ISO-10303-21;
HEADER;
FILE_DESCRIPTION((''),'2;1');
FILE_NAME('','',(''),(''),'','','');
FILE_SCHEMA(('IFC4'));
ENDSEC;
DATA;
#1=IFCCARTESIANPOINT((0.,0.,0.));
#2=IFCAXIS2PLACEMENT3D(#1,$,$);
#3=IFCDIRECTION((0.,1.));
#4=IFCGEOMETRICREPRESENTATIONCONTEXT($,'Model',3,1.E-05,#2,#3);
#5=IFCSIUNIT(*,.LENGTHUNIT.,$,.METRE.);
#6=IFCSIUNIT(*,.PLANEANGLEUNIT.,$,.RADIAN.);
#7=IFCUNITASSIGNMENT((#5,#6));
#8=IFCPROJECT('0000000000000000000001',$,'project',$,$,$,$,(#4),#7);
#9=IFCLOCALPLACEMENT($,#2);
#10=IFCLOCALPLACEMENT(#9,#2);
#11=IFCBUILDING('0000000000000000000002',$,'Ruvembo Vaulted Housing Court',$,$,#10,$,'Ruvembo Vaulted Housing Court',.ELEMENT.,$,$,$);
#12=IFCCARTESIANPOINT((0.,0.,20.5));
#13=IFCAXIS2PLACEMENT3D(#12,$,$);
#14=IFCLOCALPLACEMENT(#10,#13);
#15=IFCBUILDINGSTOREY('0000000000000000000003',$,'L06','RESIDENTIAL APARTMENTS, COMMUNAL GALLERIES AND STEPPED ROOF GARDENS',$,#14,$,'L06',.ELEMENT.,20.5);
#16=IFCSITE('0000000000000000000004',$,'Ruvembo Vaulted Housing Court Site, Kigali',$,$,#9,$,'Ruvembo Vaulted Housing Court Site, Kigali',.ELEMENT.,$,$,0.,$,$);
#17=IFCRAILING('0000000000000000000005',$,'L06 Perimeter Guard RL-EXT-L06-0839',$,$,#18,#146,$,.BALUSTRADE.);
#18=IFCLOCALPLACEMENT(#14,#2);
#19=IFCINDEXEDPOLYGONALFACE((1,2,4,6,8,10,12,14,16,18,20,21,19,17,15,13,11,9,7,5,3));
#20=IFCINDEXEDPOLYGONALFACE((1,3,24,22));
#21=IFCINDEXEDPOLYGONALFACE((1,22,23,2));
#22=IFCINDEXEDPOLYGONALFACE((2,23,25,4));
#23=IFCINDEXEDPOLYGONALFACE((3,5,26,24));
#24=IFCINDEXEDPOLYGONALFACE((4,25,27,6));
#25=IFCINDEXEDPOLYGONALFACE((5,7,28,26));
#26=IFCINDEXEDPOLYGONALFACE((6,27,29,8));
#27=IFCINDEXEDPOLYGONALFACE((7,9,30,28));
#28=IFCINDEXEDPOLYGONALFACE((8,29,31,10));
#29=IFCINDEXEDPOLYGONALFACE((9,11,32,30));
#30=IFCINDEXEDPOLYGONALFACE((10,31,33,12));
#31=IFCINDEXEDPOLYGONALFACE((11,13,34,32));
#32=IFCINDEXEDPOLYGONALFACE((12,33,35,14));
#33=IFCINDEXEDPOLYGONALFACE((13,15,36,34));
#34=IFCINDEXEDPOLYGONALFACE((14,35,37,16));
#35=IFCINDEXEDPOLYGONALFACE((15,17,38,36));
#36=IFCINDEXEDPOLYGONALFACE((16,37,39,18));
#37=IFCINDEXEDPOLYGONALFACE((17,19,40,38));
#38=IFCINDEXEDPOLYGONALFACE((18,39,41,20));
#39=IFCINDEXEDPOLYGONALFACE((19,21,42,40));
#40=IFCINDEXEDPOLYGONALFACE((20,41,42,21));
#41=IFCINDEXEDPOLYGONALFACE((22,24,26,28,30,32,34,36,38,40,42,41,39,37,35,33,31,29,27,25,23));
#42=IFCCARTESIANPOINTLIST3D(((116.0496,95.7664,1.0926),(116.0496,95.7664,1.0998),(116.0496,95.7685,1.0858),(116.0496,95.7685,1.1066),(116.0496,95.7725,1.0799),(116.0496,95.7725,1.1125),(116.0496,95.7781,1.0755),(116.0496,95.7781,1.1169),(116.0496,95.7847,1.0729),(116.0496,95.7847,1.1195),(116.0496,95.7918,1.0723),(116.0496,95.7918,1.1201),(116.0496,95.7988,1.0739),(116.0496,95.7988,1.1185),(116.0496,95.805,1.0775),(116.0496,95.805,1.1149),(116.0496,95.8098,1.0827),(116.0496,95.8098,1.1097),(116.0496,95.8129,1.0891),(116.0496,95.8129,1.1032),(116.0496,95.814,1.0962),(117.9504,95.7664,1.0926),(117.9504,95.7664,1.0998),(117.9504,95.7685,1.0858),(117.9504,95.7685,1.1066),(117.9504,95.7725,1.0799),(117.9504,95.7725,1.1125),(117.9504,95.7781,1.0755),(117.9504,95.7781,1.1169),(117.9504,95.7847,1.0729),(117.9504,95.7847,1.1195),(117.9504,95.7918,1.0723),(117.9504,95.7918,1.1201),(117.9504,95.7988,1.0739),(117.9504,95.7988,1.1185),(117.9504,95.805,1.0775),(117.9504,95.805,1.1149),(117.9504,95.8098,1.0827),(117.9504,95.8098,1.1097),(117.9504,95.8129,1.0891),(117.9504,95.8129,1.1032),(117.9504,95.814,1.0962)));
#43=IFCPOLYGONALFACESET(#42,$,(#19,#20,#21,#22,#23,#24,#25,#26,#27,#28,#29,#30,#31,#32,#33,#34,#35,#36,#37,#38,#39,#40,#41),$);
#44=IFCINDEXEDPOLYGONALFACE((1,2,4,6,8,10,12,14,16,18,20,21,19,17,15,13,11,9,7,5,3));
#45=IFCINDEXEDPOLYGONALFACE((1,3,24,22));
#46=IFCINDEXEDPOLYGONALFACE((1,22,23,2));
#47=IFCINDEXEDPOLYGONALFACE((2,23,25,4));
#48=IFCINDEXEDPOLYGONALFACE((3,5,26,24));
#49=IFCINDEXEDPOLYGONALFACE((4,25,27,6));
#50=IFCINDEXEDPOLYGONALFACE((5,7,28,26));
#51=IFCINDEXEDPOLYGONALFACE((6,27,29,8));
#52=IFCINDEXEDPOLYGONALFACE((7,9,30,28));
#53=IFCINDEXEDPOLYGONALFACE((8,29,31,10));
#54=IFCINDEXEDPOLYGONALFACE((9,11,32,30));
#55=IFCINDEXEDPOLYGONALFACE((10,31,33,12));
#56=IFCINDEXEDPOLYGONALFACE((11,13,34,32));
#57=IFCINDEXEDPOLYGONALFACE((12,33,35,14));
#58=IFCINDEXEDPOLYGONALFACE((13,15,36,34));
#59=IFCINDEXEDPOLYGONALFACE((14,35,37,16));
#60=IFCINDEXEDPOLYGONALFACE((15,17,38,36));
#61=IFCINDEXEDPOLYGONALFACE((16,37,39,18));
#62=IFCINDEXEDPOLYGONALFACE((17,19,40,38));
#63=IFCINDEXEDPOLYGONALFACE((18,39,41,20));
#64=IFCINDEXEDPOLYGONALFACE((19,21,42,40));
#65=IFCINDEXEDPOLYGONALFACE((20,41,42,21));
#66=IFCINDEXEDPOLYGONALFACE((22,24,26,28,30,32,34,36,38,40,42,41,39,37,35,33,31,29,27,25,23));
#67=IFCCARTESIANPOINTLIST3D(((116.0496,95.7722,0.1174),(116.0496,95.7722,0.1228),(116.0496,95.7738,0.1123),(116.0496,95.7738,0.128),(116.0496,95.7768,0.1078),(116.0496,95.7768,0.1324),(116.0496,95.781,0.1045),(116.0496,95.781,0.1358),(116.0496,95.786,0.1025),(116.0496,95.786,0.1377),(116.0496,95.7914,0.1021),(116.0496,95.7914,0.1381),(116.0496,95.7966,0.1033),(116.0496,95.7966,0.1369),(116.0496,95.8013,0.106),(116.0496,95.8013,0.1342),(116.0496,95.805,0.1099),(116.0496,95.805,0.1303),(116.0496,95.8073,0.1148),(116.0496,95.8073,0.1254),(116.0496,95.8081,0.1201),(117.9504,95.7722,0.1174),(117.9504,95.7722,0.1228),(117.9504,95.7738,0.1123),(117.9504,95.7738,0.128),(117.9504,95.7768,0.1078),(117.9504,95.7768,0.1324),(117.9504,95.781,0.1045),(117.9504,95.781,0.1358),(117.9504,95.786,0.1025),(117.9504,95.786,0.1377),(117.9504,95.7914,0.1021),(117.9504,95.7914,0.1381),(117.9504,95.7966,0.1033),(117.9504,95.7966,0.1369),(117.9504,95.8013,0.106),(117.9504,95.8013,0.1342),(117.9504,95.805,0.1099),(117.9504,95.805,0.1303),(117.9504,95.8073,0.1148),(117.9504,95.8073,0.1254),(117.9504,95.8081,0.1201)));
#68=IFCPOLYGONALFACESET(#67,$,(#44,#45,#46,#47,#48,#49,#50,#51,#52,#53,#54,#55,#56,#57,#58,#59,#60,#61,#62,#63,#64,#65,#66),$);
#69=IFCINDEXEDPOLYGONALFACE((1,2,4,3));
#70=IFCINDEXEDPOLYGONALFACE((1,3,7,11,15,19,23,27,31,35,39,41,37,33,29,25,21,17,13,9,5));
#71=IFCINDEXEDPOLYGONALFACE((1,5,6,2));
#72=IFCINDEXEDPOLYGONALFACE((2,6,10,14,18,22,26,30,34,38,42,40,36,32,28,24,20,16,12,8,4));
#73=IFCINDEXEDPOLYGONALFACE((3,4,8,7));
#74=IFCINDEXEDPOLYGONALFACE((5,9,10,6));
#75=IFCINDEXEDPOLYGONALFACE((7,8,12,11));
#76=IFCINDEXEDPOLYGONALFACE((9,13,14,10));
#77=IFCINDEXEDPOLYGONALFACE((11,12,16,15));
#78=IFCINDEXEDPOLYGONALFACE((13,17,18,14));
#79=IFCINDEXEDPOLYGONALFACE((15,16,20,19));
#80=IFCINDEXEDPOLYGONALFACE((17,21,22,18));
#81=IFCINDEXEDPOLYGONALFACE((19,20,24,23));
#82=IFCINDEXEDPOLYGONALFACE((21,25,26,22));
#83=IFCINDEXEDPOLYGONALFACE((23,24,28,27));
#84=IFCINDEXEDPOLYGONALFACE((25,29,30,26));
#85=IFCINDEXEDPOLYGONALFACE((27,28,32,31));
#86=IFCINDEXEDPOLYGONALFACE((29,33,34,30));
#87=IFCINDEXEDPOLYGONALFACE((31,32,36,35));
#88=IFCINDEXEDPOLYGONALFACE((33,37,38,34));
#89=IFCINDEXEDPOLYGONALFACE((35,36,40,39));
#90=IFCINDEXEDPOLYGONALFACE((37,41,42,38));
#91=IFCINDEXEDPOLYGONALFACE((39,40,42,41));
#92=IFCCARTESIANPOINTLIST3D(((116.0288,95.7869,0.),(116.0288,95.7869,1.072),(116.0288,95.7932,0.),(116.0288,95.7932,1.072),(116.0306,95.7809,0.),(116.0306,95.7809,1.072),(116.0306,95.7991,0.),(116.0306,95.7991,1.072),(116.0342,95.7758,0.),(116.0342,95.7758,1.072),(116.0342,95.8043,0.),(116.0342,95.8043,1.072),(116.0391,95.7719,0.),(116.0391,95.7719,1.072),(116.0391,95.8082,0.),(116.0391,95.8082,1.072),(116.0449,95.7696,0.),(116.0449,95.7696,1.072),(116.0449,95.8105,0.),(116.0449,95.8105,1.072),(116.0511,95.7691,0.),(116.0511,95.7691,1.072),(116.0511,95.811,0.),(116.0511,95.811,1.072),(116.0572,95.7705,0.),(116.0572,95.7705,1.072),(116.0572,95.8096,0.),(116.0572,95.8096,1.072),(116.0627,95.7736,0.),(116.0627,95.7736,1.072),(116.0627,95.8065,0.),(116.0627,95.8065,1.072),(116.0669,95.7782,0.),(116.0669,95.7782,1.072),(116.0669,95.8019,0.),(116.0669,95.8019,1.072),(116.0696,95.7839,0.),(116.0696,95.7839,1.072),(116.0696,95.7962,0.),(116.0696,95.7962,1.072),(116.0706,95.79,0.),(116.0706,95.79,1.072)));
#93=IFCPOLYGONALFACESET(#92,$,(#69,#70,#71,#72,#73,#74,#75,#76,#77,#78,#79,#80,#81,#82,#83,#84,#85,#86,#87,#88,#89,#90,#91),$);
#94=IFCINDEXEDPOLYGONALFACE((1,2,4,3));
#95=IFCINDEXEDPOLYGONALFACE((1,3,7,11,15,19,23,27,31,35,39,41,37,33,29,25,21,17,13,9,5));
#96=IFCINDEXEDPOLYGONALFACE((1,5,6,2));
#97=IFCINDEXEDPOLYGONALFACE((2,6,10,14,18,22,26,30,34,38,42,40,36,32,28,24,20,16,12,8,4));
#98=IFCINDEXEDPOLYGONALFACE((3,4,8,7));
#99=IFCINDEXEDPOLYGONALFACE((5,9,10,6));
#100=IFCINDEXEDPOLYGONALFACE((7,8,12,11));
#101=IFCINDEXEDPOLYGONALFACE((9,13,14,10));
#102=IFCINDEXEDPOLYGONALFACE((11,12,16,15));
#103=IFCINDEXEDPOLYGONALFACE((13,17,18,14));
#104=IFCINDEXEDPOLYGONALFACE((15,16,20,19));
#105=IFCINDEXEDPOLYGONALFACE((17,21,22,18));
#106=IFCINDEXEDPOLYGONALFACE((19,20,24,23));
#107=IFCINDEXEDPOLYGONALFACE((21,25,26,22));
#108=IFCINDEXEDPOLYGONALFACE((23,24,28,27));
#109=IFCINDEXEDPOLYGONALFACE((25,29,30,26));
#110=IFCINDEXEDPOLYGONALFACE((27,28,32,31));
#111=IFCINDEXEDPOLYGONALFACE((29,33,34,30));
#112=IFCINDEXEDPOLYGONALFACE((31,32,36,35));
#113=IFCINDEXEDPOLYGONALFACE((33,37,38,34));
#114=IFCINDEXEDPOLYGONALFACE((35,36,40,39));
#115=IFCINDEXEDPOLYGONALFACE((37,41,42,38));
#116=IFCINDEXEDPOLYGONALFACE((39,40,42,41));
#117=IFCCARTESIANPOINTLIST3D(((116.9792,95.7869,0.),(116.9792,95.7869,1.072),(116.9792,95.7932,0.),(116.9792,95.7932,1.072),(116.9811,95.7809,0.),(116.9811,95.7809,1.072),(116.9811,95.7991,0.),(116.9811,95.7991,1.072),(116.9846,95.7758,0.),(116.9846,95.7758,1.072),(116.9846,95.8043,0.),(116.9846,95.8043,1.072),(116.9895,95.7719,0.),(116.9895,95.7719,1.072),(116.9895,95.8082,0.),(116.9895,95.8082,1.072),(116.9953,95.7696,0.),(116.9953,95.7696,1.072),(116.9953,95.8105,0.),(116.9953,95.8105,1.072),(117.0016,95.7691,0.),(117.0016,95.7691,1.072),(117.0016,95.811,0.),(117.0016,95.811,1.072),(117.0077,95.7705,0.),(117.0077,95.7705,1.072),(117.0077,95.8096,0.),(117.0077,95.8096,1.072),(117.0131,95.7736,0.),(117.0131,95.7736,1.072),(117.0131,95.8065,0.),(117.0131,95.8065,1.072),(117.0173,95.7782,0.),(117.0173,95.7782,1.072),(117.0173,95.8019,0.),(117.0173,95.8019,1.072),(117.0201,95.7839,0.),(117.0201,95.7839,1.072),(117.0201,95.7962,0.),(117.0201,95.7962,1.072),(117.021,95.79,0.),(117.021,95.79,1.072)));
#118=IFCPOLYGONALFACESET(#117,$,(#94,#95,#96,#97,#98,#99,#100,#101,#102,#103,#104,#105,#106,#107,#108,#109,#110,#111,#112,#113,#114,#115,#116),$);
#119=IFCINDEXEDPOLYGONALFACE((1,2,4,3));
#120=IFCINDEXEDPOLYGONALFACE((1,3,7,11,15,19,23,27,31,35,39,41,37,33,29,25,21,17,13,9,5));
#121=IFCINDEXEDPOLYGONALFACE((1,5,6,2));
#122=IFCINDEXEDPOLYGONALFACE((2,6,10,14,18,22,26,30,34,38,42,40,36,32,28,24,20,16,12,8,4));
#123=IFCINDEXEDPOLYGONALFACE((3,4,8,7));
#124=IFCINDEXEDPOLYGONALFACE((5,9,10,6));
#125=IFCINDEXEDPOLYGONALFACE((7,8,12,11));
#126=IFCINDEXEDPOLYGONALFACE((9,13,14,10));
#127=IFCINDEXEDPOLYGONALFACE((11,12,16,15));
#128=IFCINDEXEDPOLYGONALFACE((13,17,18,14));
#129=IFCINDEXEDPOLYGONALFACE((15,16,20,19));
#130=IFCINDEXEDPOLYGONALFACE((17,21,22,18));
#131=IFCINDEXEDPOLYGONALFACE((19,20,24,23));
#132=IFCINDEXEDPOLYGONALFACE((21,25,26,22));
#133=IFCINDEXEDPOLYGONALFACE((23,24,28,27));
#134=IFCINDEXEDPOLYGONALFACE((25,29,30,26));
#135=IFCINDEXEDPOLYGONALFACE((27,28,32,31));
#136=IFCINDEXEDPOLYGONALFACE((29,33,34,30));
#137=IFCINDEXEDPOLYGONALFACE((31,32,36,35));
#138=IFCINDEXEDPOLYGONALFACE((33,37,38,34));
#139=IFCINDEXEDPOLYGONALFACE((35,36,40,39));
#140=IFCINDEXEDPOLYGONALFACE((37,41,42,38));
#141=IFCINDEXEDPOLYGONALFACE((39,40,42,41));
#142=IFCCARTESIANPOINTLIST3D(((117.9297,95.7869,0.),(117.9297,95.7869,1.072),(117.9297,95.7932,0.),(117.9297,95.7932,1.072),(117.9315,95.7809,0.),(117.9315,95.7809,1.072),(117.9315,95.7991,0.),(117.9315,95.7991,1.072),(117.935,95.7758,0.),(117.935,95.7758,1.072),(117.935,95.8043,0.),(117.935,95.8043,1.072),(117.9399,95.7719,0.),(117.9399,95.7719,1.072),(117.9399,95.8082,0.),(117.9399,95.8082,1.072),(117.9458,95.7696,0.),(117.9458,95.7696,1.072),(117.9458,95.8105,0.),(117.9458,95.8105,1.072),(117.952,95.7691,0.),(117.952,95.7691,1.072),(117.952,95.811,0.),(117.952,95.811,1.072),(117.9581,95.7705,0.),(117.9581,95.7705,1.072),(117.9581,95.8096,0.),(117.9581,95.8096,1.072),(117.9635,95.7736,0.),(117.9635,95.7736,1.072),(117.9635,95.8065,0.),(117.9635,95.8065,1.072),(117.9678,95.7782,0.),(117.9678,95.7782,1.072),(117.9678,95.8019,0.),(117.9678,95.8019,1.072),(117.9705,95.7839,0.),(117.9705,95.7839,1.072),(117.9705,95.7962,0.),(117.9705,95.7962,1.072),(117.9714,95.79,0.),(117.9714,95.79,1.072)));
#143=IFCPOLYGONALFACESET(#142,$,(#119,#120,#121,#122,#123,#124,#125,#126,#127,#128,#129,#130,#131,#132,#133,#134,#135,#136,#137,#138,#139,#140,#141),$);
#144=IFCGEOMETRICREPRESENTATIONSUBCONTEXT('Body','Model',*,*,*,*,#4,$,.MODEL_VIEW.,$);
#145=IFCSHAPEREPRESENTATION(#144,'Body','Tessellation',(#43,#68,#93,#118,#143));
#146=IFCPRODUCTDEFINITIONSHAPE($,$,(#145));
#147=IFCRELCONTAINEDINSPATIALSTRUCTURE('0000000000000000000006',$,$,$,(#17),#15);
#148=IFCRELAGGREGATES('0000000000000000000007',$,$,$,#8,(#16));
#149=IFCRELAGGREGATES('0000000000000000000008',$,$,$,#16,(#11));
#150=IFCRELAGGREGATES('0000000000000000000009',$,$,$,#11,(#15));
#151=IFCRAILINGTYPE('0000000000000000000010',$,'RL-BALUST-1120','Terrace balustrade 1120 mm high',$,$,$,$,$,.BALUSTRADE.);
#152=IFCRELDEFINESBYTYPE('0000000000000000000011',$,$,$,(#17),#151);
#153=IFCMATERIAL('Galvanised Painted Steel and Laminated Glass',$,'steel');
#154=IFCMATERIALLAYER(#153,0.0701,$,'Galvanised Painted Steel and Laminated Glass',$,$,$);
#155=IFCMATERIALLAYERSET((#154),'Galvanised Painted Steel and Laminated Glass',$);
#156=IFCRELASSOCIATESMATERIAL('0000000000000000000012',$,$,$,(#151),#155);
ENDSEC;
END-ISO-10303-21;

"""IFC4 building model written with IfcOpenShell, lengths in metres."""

from ifc_helpers import new_model, si_unit, direction, frame, origin, origin_2d, place, context, subcontext, project, spatial, circle, extrude, material, layer, layer_set, type_object, element, save


model = new_model("IFC4")

# Units and contexts
model_context = context("Model", 3, precision=1e-05, world=origin(), true_north=direction((0.0, 1.0)))
body_context = subcontext(model_context, "Body", "Model", "MODEL_VIEW")
ifc_project = project(units=[si_unit("LENGTHUNIT", "METRE"), si_unit("PLANEANGLEUNIT", "RADIAN")], contexts=[model_context])

# Site, building, storey
site_placement = place(None, origin())
site = spatial("IfcSite", under=ifc_project, at=site_placement, Name="Ruvembo Vaulted Housing Court Site, Kigali", LongName="Ruvembo Vaulted Housing Court Site, Kigali", CompositionType="ELEMENT", RefElevation=0.0)
building_placement = place(site_placement, origin())
building = spatial("IfcBuilding", under=site, at=building_placement, Name="Ruvembo Vaulted Housing Court", LongName="Ruvembo Vaulted Housing Court", CompositionType="ELEMENT")
storey_placement = place(building_placement, frame((0.0, 0.0, 20.5)))
storey = spatial("IfcBuildingStorey", under=building, at=storey_placement, Name="L06", Description="RESIDENTIAL APARTMENTS, COMMUNAL GALLERIES AND STEPPED ROOF GARDENS", LongName="L06", CompositionType="ELEMENT", Elevation=20.5)

# Railing
ifc_material_1 = material(Name="Galvanised Painted Steel and Laminated Glass", Category="steel")
ifc_layer = layer(ifc_material_1, 0.0701, Name="Galvanised Painted Steel and Laminated Glass")
ifc_layer_set = layer_set([ifc_layer], Name="Galvanised Painted Steel and Laminated Glass")
railing_type = type_object("IfcRailingType", Name="RL-BALUST-1120", Description="Terrace balustrade 1120 mm high", PredefinedType="BALUSTRADE", material=ifc_layer_set)
railing_1_placement = place(storey_placement, frame((116.0496, 95.79, 0.0)))
element("IfcRailing", 1, at=railing_1_placement, inside=storey, type_object=railing_type, Name="L06 Perimeter Guard RL-EXT-L06-0839", PredefinedType="BALUSTRADE", context=body_context, shape_type="SweptSolid", body=[
    extrude(circle(Radius=0.0239, at=origin_2d()), frame((0.0, 0.0, 1.0962), z_axis=(1.0, 0.0, 0.0), x_axis=(0.0, 1.0, 0.0)), (0.0, 0.0, 1.0), 1.9009),
    extrude(circle(Radius=0.0181, at=origin_2d()), frame((0.0, 0.0, 0.1201), z_axis=(1.0, 0.0, 0.0), x_axis=(0.0, 1.0, 0.0)), (0.0, 0.0, 1.0), 1.9009),
    extrude(circle(Radius=0.021, at=origin_2d()), origin(), (0.0, 0.0, 1.0), 1.072),
    extrude(circle(Radius=0.021, at=origin_2d()), frame((0.9504, 0.0, 0.0)), (0.0, 0.0, 1.0), 1.072),
    extrude(circle(Radius=0.021, at=origin_2d()), frame((1.9009, 0.0, 0.0)), (0.0, 0.0, 1.0), 1.072),
])

save(model, "model.ifc")
